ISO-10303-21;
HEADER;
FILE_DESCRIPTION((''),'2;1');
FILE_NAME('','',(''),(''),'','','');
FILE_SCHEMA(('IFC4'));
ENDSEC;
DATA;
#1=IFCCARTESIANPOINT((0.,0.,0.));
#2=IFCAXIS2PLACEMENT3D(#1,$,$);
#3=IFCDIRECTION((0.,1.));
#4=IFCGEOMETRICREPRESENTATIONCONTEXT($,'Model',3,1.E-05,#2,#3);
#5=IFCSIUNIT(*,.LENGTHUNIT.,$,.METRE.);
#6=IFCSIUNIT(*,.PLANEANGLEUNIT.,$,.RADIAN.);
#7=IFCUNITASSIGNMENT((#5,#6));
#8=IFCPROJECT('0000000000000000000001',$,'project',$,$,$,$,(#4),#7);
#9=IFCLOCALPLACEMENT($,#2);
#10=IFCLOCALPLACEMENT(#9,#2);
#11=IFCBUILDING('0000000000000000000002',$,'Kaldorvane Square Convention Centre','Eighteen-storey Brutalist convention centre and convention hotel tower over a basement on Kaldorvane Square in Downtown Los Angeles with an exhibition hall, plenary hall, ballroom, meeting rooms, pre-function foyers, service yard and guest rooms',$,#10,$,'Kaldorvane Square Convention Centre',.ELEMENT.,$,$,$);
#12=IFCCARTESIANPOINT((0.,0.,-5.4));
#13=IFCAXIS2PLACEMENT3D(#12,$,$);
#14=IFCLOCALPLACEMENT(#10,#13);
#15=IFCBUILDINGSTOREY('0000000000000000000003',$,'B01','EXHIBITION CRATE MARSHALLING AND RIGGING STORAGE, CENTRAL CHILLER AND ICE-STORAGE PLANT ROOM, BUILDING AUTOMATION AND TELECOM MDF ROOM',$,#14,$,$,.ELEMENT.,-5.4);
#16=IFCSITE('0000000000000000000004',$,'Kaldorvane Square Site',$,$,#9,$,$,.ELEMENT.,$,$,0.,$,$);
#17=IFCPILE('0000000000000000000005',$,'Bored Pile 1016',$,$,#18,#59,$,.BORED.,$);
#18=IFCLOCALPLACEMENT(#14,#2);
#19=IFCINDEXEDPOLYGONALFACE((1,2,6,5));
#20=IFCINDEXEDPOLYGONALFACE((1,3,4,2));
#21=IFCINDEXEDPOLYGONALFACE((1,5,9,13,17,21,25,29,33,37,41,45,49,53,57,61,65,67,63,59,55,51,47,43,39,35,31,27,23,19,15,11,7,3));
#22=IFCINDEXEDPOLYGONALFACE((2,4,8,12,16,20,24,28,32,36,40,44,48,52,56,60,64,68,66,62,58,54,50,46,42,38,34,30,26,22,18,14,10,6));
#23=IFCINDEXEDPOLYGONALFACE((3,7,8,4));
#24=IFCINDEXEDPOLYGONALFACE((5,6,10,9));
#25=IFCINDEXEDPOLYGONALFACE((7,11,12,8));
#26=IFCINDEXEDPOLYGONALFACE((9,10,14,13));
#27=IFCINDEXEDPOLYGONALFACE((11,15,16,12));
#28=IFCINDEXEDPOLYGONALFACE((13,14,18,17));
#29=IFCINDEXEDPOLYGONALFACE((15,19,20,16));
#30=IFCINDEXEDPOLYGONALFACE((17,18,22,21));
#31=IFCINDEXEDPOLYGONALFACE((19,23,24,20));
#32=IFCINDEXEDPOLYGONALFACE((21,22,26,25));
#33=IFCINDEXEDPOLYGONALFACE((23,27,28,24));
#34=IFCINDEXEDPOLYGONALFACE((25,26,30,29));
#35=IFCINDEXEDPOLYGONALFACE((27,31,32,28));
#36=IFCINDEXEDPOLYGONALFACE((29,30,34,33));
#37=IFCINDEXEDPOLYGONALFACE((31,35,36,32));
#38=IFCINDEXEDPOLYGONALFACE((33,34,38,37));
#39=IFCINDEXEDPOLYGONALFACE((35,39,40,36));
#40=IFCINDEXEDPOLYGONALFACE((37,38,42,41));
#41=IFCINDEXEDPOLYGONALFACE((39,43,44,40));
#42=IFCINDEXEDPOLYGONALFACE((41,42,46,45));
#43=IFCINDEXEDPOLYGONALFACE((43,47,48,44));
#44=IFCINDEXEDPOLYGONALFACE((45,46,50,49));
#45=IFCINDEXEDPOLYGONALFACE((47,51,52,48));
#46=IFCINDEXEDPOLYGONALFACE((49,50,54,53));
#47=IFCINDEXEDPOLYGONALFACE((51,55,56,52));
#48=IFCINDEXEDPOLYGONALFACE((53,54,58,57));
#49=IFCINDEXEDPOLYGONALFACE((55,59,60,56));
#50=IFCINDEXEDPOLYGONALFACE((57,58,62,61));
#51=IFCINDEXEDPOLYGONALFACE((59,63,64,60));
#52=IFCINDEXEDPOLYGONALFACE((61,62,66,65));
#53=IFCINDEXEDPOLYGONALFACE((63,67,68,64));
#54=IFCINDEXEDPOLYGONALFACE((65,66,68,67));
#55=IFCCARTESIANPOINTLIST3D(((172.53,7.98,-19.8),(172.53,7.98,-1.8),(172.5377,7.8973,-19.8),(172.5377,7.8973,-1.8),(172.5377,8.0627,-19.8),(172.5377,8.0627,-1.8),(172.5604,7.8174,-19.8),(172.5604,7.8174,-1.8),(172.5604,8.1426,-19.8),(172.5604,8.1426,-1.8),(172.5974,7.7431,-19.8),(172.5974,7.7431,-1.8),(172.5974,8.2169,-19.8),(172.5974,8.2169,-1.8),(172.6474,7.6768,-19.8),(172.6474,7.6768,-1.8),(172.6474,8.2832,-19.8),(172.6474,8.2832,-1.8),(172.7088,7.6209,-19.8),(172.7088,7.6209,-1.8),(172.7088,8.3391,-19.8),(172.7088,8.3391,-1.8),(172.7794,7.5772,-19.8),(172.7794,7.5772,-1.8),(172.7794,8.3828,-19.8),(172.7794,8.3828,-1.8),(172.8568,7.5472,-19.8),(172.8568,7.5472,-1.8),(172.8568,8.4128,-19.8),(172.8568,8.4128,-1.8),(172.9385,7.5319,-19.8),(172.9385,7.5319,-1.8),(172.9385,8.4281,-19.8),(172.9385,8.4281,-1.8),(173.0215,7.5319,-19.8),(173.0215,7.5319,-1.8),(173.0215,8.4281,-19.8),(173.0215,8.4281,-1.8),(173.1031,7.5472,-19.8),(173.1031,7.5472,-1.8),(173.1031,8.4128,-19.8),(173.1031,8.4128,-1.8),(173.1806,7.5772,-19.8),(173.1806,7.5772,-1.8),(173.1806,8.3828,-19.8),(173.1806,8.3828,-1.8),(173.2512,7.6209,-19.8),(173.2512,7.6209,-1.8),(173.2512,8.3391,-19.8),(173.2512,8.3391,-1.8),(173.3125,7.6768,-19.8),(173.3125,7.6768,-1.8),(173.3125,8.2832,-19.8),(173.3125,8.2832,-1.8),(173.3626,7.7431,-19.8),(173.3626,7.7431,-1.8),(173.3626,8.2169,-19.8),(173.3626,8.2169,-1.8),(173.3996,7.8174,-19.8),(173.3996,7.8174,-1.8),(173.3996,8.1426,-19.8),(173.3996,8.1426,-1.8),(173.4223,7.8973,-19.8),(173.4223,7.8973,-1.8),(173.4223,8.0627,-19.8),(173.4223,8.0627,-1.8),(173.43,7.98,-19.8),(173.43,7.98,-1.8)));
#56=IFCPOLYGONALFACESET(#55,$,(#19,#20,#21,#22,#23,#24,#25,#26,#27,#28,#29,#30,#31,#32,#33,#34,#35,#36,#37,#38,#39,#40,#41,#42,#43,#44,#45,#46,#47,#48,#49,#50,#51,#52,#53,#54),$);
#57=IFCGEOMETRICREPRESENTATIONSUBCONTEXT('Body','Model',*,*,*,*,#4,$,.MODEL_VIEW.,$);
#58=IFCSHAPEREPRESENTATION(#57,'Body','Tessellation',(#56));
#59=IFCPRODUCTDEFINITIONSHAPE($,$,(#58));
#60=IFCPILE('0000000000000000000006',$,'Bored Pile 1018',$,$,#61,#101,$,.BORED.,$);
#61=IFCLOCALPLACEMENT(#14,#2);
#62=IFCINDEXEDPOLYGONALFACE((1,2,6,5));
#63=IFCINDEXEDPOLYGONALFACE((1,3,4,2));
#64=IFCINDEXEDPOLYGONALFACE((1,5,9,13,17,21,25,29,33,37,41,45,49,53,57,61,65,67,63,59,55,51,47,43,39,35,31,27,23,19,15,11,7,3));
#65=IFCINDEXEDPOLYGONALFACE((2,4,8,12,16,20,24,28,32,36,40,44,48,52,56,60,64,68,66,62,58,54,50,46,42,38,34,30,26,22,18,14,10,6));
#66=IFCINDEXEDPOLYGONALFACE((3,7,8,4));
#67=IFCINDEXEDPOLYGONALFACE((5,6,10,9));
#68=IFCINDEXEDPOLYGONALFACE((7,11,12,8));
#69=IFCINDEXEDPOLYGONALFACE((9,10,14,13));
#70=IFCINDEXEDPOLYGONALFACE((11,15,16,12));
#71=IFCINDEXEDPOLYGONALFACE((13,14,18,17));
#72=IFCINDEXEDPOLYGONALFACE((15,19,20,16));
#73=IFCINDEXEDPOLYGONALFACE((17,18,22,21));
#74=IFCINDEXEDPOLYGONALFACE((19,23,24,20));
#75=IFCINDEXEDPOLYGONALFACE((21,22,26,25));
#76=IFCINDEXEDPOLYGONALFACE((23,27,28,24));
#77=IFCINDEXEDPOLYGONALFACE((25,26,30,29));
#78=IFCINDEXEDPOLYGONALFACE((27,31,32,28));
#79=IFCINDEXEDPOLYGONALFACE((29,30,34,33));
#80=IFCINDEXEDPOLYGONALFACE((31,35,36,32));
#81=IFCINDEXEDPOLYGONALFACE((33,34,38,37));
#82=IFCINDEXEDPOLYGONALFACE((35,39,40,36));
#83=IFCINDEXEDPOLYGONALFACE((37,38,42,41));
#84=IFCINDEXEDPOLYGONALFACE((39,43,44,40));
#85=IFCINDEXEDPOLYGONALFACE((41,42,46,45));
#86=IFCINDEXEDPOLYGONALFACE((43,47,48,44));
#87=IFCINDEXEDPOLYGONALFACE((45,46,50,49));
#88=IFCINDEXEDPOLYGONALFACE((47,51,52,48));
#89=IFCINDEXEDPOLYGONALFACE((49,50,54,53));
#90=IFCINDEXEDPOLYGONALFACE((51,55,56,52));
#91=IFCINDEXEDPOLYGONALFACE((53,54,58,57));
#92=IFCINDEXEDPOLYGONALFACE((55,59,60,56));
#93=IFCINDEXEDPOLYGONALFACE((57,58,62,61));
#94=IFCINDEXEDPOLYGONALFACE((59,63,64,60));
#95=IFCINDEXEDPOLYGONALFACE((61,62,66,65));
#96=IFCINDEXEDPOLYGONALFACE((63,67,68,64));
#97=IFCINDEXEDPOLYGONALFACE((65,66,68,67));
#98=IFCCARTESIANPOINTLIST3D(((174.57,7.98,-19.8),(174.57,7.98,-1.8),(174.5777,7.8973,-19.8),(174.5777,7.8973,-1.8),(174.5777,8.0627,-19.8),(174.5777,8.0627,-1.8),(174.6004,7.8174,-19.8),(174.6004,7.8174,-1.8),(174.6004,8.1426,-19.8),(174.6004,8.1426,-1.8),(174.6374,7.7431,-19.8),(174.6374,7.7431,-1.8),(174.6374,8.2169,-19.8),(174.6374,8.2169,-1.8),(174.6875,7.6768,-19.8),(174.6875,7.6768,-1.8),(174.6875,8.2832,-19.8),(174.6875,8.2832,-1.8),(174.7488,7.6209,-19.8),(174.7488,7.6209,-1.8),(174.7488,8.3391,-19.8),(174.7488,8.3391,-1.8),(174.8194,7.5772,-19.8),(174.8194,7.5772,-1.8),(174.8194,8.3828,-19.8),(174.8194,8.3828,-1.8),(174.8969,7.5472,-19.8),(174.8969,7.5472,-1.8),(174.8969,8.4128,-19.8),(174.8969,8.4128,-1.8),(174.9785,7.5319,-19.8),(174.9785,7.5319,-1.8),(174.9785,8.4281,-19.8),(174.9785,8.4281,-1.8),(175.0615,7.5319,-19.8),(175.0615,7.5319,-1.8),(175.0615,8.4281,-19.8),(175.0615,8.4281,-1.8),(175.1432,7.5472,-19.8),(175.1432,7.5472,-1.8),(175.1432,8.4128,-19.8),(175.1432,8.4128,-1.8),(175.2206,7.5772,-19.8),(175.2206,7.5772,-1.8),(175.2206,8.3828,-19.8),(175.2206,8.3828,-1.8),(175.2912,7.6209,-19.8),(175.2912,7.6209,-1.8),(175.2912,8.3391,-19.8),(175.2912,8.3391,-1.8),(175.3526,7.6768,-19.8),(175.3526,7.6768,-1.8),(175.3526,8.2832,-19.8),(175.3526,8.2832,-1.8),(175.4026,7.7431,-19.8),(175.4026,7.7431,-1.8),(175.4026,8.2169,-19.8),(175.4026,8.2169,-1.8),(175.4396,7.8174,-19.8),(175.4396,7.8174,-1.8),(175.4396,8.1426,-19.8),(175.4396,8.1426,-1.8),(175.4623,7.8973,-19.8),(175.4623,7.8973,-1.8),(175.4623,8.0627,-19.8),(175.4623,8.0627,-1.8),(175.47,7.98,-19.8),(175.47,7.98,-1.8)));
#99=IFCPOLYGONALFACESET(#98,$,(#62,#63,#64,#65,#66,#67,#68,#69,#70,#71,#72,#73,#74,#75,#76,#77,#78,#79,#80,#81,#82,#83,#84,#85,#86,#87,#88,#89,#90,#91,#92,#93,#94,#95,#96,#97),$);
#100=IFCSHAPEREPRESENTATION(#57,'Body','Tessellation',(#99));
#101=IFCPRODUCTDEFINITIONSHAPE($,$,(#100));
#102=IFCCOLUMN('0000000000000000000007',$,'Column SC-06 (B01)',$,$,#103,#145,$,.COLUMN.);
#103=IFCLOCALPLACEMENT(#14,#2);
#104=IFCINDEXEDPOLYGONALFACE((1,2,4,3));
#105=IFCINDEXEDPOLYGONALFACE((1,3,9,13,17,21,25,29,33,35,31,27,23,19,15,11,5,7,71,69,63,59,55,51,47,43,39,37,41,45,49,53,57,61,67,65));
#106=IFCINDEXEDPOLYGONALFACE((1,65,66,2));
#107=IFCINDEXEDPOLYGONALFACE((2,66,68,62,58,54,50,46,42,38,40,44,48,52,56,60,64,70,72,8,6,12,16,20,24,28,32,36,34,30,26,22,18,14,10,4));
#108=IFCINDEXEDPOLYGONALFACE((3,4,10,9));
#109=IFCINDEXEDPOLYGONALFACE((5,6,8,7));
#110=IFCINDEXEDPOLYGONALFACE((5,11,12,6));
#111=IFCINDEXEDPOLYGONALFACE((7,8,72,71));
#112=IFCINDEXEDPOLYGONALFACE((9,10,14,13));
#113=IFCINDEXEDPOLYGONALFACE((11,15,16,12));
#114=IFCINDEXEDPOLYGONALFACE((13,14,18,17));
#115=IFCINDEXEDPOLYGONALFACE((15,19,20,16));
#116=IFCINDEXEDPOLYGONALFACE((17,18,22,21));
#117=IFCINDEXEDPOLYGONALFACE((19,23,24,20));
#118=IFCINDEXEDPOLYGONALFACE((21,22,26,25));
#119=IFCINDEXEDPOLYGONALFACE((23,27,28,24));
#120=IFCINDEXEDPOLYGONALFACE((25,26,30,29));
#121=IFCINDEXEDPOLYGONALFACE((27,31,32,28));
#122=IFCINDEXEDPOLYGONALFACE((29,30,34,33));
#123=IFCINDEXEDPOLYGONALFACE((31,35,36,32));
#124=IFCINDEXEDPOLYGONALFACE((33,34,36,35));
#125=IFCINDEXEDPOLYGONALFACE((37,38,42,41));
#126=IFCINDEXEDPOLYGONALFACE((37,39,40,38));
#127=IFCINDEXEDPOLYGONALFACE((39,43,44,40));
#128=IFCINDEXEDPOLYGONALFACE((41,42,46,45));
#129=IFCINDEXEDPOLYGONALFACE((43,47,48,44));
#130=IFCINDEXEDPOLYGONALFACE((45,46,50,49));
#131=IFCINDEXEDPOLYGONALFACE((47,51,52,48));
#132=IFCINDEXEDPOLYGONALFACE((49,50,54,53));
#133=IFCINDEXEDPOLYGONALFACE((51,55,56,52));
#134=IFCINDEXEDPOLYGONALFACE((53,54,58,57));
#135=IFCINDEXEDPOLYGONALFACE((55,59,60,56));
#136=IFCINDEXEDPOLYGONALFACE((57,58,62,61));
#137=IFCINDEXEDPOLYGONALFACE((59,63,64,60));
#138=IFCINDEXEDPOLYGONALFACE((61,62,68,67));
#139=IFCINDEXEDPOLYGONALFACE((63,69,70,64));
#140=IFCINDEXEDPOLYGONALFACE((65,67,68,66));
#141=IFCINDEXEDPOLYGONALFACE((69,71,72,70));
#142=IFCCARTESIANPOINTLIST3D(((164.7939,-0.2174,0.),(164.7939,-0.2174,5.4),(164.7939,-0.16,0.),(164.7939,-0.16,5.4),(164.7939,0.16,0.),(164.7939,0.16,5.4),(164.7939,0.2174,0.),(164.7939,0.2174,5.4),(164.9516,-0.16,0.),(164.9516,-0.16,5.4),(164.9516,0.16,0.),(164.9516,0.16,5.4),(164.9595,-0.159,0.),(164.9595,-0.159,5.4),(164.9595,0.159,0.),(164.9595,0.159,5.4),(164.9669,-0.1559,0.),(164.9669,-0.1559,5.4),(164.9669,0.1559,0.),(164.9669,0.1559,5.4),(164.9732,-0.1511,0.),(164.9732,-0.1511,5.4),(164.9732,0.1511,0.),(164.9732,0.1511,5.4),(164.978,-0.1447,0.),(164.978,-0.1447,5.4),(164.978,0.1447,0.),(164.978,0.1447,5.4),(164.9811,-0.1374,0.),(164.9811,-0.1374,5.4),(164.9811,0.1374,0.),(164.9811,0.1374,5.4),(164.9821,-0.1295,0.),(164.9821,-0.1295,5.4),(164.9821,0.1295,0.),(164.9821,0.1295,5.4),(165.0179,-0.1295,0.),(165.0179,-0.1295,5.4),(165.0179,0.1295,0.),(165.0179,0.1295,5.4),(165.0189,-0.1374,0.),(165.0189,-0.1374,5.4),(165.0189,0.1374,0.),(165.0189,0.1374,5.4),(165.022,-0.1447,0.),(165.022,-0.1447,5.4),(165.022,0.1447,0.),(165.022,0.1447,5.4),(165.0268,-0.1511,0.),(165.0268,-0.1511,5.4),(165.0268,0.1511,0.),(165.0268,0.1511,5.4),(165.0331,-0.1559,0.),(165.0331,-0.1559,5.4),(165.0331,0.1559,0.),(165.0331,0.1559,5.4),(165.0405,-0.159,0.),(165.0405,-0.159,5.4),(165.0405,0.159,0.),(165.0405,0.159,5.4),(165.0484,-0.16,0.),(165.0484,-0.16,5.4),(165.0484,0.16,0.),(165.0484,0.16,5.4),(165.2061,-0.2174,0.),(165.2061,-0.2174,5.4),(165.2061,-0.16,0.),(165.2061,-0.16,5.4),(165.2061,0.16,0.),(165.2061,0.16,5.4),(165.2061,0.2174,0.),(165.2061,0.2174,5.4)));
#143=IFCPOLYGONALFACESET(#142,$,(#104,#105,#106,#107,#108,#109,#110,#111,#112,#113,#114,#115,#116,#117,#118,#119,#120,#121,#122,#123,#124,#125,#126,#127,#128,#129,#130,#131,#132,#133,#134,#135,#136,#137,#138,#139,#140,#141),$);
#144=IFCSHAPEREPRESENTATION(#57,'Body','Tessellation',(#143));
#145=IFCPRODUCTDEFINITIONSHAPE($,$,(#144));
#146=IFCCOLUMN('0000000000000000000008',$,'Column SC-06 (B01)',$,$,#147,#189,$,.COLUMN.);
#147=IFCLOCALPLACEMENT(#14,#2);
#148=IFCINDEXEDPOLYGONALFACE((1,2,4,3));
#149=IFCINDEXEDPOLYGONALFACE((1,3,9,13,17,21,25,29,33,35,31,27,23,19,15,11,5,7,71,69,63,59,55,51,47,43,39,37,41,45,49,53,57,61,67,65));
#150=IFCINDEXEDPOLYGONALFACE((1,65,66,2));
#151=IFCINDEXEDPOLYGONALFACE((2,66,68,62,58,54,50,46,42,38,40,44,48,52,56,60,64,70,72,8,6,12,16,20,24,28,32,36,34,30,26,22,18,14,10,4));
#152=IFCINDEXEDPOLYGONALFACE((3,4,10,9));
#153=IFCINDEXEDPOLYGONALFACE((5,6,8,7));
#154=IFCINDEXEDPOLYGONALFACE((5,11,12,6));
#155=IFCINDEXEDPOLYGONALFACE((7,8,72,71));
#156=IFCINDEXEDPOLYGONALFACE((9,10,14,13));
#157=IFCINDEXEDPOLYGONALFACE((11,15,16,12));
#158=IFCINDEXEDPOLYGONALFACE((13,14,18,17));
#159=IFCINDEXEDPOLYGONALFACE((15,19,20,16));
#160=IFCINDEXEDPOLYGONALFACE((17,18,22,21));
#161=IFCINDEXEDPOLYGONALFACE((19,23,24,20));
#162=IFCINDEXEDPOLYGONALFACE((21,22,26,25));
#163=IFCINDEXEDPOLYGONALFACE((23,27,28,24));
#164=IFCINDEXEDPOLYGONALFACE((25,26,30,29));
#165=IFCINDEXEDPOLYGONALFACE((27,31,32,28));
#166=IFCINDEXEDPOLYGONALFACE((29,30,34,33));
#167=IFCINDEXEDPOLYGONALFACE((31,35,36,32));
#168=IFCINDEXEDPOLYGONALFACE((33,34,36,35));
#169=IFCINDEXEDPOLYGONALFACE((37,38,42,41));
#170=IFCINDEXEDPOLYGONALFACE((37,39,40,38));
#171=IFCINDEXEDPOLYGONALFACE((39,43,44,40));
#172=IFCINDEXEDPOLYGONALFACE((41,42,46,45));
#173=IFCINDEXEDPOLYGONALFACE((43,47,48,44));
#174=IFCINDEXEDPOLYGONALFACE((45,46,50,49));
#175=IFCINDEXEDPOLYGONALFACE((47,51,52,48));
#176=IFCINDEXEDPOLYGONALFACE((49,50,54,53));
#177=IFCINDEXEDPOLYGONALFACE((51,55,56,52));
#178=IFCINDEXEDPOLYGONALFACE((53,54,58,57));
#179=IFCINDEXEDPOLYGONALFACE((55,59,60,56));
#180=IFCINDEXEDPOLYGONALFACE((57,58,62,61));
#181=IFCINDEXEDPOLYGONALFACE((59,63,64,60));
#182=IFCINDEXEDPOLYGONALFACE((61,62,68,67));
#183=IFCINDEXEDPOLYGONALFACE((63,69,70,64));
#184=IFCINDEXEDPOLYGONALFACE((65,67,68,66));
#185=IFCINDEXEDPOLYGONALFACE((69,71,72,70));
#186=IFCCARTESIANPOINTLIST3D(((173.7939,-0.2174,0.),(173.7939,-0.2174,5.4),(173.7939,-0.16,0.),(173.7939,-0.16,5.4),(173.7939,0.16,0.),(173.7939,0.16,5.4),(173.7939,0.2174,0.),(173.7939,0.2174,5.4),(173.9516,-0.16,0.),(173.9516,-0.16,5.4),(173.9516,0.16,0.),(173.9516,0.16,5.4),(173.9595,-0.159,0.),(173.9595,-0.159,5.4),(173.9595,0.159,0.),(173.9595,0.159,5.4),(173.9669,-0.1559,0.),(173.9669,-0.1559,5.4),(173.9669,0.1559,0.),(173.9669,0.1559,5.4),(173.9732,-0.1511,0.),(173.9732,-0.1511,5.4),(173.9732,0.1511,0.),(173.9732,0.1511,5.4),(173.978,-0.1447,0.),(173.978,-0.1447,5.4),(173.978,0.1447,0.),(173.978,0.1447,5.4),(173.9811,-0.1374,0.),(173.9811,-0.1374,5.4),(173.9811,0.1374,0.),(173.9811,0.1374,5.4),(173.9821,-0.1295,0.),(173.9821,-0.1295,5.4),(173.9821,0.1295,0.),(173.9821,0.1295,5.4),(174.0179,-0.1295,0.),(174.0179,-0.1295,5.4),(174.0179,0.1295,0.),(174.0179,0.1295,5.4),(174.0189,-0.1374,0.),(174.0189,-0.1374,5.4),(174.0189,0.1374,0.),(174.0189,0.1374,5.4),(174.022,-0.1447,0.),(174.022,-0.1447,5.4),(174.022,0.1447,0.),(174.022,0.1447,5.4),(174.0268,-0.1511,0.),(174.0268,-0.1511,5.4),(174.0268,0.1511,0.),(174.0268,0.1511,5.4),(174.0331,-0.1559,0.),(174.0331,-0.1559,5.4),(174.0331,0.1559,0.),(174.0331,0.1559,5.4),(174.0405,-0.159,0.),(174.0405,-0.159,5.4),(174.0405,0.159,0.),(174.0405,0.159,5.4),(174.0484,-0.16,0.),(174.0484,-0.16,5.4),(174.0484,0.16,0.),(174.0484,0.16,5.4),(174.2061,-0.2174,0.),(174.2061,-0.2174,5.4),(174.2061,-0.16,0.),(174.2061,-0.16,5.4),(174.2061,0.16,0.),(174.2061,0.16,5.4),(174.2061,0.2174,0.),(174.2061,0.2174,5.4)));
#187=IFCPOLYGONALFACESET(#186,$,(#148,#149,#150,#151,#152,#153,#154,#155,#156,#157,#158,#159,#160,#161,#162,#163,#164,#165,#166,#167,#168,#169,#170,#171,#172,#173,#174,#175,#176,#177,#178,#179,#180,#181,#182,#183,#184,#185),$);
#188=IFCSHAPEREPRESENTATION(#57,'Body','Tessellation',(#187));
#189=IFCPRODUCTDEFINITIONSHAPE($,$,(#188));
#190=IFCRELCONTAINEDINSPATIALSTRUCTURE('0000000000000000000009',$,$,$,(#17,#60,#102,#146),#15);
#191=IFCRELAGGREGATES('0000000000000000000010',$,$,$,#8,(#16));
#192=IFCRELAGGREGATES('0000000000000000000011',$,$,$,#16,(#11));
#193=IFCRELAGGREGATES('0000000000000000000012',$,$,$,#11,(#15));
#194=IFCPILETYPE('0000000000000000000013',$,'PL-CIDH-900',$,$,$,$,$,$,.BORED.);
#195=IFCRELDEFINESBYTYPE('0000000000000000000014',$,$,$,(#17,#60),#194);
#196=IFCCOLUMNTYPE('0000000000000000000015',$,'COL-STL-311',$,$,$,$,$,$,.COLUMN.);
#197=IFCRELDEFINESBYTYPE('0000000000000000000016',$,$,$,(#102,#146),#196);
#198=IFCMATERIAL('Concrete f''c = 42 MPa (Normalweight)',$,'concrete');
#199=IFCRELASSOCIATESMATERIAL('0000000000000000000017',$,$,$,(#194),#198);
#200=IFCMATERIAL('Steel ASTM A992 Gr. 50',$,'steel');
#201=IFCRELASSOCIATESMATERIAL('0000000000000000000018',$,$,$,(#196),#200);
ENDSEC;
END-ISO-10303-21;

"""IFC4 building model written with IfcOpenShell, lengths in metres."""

from ifc_helpers import new_model, si_unit, direction, frame, origin, origin_2d, place, context, subcontext, project, spatial, circle, i_section, extrude, material, material_profile, profile_set, type_object, element, save


model = new_model("IFC4")

# Units and contexts
model_context = context("Model", 3, precision=1e-05, world=origin(), true_north=direction((0.0, 1.0)))
body_context = subcontext(model_context, "Body", "Model", "MODEL_VIEW")
ifc_project = project(units=[si_unit("LENGTHUNIT", "METRE"), si_unit("PLANEANGLEUNIT", "RADIAN")], contexts=[model_context])

# Site, building, storey
site_placement = place(None, origin())
site = spatial("IfcSite", under=ifc_project, at=site_placement, Name="Kaldorvane Square Site", CompositionType="ELEMENT", RefElevation=0.0)
building_placement = place(site_placement, origin())
building = spatial("IfcBuilding", under=site, at=building_placement, Name="Kaldorvane Square Convention Centre", Description="Eighteen-storey Brutalist convention centre and convention hotel tower over a basement on Kaldorvane Square in Downtown Los Angeles with an exhibition hall, plenary hall, ballroom, meeting rooms, pre-function foyers, service yard and guest rooms", LongName="Kaldorvane Square Convention Centre", CompositionType="ELEMENT")
storey_placement = place(building_placement, frame((0.0, 0.0, -5.4)))
storey = spatial("IfcBuildingStorey", under=building, at=storey_placement, Name="B01", Description="EXHIBITION CRATE MARSHALLING AND RIGGING STORAGE, CENTRAL CHILLER AND ICE-STORAGE PLANT ROOM, BUILDING AUTOMATION AND TELECOM MDF ROOM", CompositionType="ELEMENT", Elevation=-5.4)

# Shared definitions
ifc_material_1 = material(Name="Concrete f'c = 42 MPa (Normalweight)", Category="concrete")

# Piles
ifc_material_profile_1 = material_profile(ifc_material_1, circle(Radius=0.45, at=origin_2d()), Name="PILE-D900")
ifc_profile_set_1 = profile_set([ifc_material_profile_1], Name="Concrete f'c = 42 MPa (Normalweight)")
pile_type = type_object("IfcPileType", Name="PL-CIDH-900", PredefinedType="BORED", material=ifc_profile_set_1)
for number, where, z_axis, x_axis, name in (
    (1, (172.98, 7.98, -1.8), (0.0, 0.0, -1.0), (1.0, 0.0, 0.0), "Bored Pile 1016"),
    (2, (175.02, 7.98, -1.8), (0.0, 0.0, -1.0), (1.0, 0.0, 0.0), "Bored Pile 1018"),
):
    element("IfcPile", number, at=place(storey_placement, frame(where, z_axis=z_axis, x_axis=x_axis)), inside=storey, type_object=pile_type, Name=name, PredefinedType="BORED", context=body_context, shape_type="SweptSolid", body=[
        extrude(circle(Radius=0.45, at=origin_2d()), origin(), (0.0, 0.0, 1.0), 18.0),
    ])

# Columns
ifc_material_2 = material(Name="Steel ASTM A992 Gr. 50", Category="steel")
ifc_material_profile_2 = material_profile(ifc_material_2, i_section(OverallWidth=0.4122, OverallDepth=0.4348, WebThickness=0.0358, FlangeThickness=0.0574, FilletRadius=0.0305, at=origin_2d()), Name="W14X311")
ifc_profile_set_2 = profile_set([ifc_material_profile_2], Name="Steel ASTM A992 Gr. 50")
column_type = type_object("IfcColumnType", Name="COL-STL-311", PredefinedType="COLUMN", material=ifc_profile_set_2)
for number, where, z_axis, x_axis, name in (
    (3, (165.0, 0.0, 0.0), (0.0, 0.0, 1.0), (1.0, 0.0, 0.0), "Column SC-06 (B01)"),
    (4, (174.0, 0.0, 0.0), (0.0, 0.0, 1.0), (1.0, 0.0, 0.0), "Column SC-06 (B01)"),
):
    element("IfcColumn", number, at=place(storey_placement, frame(where, z_axis=z_axis, x_axis=x_axis)), inside=storey, type_object=column_type, Name=name, PredefinedType="COLUMN", context=body_context, shape_type="SweptSolid", body=[
        extrude(i_section(OverallWidth=0.4122, OverallDepth=0.4348, WebThickness=0.0358, FlangeThickness=0.0574, FilletRadius=0.0305, at=origin_2d()), origin(), (0.0, 0.0, 1.0), 5.4),
    ])

save(model, "model.ifc")
